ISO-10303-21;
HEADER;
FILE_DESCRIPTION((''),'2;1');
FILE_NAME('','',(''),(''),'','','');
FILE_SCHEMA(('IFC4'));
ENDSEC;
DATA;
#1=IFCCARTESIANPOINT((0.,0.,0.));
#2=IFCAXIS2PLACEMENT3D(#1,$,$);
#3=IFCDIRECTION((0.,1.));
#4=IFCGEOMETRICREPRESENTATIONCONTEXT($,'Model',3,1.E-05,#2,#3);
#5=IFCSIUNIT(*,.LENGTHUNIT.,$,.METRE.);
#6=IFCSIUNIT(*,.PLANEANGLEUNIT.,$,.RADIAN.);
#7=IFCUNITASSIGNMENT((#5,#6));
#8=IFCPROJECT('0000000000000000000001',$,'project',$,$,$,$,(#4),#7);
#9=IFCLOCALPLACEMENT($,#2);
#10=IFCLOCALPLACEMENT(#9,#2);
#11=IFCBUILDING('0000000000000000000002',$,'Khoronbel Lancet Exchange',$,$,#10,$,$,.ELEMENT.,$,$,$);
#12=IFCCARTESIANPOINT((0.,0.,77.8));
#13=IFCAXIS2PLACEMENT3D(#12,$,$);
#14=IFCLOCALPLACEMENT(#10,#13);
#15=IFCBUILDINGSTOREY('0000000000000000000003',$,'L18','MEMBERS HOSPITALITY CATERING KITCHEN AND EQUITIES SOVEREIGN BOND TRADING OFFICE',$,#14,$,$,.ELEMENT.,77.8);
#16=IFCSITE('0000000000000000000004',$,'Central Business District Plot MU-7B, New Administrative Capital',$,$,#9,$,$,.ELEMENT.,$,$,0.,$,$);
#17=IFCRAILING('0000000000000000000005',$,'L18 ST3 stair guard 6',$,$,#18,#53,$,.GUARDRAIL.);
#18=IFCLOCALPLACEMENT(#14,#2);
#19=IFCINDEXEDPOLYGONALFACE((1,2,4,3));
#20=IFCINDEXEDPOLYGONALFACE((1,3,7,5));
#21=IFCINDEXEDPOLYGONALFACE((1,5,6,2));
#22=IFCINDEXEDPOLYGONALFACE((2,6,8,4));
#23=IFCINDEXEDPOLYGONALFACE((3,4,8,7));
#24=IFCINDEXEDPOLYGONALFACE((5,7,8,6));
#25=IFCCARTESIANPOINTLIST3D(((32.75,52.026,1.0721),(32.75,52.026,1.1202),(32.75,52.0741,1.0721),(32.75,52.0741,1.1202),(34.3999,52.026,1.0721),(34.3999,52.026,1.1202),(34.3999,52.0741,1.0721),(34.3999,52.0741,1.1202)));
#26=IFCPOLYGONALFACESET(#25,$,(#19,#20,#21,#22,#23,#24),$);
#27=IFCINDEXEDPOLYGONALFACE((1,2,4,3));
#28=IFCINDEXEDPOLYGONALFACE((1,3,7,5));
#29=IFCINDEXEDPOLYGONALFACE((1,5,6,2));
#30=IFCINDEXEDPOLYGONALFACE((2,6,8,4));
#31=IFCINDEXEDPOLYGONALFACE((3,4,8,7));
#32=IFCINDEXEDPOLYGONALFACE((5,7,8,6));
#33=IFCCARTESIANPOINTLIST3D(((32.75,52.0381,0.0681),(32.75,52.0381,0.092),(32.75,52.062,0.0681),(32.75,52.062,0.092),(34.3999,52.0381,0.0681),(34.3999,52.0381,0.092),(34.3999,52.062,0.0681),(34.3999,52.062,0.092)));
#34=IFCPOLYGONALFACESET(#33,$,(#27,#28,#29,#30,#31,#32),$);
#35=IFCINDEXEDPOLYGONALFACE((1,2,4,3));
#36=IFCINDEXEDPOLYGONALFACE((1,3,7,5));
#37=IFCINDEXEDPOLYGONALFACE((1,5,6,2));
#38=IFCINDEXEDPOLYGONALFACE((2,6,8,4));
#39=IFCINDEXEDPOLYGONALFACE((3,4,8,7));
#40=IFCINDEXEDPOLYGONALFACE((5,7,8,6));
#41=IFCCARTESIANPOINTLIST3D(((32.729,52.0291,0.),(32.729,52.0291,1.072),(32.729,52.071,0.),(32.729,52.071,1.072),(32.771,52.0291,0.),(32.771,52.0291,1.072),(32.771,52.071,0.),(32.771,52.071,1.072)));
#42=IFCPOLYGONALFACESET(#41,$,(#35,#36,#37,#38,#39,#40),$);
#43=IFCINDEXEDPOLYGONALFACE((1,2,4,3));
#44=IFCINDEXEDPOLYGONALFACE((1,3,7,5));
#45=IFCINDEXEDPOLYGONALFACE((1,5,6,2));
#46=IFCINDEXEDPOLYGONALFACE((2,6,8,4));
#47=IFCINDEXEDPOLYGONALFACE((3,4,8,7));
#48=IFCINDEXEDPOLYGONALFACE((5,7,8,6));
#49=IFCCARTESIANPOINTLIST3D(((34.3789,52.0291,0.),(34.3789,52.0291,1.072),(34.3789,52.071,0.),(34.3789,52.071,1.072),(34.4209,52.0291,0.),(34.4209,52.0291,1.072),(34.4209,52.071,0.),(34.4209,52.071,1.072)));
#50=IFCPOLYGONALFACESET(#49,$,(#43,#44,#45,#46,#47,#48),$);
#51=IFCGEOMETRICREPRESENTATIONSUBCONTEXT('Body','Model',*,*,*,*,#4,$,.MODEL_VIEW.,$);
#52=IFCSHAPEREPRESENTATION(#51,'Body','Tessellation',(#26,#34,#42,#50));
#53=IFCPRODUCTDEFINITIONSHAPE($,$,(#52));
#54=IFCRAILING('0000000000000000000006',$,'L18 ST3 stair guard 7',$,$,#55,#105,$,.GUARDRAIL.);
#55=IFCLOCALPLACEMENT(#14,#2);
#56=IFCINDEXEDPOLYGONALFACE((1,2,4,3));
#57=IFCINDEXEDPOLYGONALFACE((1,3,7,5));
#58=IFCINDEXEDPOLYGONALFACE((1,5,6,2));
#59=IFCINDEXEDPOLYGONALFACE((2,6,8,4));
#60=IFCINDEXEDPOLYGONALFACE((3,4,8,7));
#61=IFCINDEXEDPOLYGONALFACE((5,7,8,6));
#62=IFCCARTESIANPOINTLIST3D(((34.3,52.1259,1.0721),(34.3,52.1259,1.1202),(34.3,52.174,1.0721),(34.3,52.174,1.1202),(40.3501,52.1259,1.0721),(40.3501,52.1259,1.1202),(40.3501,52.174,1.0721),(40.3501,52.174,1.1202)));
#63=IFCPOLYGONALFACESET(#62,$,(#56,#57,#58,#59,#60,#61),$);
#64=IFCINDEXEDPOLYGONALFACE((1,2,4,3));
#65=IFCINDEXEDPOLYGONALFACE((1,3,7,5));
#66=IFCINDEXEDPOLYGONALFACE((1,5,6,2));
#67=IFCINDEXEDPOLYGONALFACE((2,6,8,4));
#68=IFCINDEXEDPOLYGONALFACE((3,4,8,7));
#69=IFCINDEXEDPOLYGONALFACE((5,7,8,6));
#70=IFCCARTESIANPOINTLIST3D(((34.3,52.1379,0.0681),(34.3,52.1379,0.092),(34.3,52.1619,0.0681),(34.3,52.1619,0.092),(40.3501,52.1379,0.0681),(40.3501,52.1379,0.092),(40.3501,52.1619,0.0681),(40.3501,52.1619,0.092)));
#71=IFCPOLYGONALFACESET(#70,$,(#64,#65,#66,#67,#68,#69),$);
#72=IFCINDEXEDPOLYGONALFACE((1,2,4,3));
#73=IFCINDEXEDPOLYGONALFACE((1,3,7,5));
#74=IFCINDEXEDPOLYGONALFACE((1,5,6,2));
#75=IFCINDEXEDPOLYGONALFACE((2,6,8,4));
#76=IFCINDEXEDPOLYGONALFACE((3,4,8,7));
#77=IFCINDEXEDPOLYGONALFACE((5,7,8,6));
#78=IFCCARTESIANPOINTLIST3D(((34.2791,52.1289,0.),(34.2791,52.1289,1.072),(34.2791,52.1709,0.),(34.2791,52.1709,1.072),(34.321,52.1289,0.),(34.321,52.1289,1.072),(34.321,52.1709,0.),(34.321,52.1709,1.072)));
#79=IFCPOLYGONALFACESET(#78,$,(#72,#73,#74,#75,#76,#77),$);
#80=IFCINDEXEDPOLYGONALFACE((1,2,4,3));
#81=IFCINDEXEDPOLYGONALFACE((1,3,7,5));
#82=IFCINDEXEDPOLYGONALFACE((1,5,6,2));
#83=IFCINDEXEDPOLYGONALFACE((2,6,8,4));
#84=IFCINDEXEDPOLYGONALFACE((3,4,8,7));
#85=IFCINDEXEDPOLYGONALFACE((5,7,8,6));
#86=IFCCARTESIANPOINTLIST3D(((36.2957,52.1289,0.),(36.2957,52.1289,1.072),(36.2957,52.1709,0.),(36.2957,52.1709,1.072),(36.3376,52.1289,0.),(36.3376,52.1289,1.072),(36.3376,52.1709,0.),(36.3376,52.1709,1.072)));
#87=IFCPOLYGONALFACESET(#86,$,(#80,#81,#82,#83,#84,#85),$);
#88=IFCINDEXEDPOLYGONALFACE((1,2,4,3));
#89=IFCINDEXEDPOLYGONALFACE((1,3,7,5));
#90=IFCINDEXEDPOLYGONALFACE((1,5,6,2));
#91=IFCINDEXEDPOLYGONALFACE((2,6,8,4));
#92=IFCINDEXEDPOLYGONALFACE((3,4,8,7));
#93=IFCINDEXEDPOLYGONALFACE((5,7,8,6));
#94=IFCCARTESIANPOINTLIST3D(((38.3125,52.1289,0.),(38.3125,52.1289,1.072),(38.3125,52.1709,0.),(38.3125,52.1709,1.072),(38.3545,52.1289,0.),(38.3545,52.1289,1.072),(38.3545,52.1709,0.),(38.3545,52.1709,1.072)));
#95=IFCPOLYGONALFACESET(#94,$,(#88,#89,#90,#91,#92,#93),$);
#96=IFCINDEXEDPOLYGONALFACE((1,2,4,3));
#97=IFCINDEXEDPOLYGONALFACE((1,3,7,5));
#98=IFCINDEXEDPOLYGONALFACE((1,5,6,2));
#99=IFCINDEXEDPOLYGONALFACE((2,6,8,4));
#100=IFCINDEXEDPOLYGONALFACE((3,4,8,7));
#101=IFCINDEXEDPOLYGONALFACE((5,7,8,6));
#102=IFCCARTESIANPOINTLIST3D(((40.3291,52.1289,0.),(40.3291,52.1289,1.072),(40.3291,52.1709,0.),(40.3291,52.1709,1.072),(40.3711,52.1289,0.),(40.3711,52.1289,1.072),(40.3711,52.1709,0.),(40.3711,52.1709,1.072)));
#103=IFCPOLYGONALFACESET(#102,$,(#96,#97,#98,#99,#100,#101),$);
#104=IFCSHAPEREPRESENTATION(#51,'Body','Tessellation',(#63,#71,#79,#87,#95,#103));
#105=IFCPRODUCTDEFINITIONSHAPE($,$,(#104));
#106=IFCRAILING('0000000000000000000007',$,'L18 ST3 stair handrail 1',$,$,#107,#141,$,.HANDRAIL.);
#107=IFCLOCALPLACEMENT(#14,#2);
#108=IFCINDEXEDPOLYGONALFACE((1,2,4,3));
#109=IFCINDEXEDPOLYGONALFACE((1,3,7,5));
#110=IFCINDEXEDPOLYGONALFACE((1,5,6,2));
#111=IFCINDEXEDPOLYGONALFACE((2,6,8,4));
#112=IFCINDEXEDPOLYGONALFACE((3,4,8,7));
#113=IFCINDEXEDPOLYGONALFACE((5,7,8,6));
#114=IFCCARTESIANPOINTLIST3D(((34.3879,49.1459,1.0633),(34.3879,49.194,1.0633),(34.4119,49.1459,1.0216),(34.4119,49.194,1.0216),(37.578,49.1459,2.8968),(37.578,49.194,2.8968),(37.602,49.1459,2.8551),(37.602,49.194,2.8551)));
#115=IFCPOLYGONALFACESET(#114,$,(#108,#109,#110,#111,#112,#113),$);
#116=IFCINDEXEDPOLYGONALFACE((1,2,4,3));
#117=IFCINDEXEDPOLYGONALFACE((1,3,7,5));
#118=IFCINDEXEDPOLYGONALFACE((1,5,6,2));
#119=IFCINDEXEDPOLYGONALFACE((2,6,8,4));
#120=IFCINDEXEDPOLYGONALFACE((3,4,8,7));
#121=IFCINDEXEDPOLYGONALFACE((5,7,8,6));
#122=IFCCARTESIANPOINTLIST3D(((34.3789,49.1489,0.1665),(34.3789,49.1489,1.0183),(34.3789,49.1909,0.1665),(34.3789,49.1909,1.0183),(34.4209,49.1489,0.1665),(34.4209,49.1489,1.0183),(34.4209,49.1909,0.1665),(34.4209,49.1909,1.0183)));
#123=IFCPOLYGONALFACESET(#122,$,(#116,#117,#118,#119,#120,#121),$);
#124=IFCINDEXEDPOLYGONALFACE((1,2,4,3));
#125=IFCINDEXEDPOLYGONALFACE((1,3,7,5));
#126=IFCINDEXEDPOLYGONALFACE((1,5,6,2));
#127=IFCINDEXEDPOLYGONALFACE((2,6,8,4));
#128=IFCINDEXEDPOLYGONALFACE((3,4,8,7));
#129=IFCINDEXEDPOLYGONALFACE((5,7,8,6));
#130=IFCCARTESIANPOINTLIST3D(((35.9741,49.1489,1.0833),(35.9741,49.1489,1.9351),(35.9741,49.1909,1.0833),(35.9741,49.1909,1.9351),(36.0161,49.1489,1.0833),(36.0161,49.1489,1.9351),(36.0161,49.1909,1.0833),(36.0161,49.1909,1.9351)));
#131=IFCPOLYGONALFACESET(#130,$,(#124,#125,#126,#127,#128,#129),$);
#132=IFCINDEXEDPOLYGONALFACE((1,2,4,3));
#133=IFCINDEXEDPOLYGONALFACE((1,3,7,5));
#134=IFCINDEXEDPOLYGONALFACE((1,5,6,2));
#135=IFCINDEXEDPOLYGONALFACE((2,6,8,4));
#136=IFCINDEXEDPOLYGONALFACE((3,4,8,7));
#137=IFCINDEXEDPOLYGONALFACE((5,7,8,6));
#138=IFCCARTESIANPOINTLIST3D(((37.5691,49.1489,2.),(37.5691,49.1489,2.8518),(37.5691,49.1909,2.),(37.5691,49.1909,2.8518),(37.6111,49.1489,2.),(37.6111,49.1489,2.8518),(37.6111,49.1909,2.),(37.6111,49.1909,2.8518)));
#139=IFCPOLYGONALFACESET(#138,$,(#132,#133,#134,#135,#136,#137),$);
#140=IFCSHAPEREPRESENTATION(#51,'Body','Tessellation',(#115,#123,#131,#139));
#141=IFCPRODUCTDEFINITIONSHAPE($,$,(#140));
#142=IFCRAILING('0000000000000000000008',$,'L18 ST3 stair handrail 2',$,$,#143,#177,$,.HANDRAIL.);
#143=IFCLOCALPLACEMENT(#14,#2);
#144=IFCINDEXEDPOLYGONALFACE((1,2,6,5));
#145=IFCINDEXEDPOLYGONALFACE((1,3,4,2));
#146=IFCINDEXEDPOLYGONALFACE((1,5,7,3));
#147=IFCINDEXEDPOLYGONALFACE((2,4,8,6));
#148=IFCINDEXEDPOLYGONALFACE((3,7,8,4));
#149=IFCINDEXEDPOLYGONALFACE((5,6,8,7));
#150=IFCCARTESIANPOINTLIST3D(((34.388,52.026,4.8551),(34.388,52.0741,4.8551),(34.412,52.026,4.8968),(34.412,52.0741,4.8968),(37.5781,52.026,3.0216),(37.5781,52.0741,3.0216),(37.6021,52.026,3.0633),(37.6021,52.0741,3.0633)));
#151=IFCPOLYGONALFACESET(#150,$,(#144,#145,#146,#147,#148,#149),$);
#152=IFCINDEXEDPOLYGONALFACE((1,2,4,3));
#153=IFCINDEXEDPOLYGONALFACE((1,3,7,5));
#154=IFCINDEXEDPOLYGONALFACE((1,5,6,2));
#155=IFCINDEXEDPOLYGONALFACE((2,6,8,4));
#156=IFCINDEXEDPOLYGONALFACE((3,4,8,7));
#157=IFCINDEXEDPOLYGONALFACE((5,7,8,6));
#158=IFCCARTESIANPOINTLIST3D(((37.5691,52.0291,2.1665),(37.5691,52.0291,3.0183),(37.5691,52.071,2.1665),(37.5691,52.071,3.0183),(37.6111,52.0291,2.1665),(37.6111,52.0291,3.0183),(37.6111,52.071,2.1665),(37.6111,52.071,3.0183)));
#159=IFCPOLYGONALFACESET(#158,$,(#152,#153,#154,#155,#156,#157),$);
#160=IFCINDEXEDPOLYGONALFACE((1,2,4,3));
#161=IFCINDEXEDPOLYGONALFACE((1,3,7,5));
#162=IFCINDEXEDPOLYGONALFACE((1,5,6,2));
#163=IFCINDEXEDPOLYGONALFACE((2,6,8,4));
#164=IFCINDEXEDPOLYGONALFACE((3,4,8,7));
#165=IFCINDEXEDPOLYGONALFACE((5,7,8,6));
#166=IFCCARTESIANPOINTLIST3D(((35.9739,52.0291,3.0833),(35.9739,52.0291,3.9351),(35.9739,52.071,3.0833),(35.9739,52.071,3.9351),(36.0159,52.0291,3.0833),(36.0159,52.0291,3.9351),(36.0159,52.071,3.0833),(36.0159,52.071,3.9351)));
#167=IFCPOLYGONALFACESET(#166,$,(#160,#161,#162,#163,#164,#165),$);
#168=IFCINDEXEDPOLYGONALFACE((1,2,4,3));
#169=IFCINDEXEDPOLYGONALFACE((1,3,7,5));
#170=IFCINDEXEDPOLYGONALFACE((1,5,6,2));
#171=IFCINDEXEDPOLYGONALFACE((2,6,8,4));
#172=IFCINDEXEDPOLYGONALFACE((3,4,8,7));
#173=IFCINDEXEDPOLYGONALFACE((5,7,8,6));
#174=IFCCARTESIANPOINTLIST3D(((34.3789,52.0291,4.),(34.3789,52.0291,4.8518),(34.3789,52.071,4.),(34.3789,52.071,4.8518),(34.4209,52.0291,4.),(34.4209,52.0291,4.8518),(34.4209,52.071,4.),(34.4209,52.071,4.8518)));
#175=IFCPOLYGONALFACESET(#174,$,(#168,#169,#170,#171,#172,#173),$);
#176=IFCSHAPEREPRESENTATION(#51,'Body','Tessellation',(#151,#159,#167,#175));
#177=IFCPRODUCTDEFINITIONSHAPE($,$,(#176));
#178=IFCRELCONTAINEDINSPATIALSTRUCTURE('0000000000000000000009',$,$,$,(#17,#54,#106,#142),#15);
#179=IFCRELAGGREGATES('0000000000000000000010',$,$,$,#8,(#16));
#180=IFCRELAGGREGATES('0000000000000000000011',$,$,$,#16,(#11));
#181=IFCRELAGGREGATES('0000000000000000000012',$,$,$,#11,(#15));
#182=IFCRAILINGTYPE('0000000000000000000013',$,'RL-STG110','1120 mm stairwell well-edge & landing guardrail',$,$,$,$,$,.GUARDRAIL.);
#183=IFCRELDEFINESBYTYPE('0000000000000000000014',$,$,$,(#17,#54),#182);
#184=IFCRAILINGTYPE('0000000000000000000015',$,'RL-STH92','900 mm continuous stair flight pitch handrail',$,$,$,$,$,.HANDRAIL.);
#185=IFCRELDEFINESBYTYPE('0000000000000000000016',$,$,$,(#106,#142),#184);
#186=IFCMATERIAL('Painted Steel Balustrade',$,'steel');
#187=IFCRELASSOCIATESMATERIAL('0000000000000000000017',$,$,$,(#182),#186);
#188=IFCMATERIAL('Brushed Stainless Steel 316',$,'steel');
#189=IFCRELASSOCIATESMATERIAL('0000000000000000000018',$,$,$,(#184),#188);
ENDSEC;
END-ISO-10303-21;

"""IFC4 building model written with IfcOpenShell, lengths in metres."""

from ifc_helpers import new_model, si_unit, direction, frame, origin, origin_2d, place, context, subcontext, project, spatial, rectangle, extrude, material, type_object, element, save


model = new_model("IFC4")

# Units and contexts
model_context = context("Model", 3, precision=1e-05, world=origin(), true_north=direction((0.0, 1.0)))
body_context = subcontext(model_context, "Body", "Model", "MODEL_VIEW")
ifc_project = project(units=[si_unit("LENGTHUNIT", "METRE"), si_unit("PLANEANGLEUNIT", "RADIAN")], contexts=[model_context])

# Site, building, storey
site_placement = place(None, origin())
site = spatial("IfcSite", under=ifc_project, at=site_placement, Name="Central Business District Plot MU-7B, New Administrative Capital", CompositionType="ELEMENT", RefElevation=0.0)
building_placement = place(site_placement, origin())
building = spatial("IfcBuilding", under=site, at=building_placement, Name="Khoronbel Lancet Exchange", CompositionType="ELEMENT")
storey_placement = place(building_placement, frame((0.0, 0.0, 77.8)))
storey = spatial("IfcBuildingStorey", under=building, at=storey_placement, Name="L18", Description="MEMBERS HOSPITALITY CATERING KITCHEN AND EQUITIES SOVEREIGN BOND TRADING OFFICE", CompositionType="ELEMENT", Elevation=77.8)

# Railings
ifc_material_1 = material(Name="Painted Steel Balustrade", Category="steel")
railing_type_1 = type_object("IfcRailingType", Name="RL-STG110", Description="1120 mm stairwell well-edge & landing guardrail", PredefinedType="GUARDRAIL", material=ifc_material_1)
railing_1_placement = place(storey_placement, frame((32.75, 52.05, 0.0)))
element("IfcRailing", 1, at=railing_1_placement, inside=storey, type_object=railing_type_1, Name="L18 ST3 stair guard 6", PredefinedType="GUARDRAIL", context=body_context, shape_type="SweptSolid", body=[
    extrude(rectangle(XDim=0.0481, YDim=0.0481, at=origin_2d()), frame((0.0, 0.0, 1.0962), z_axis=(1.0, 0.0, 0.0), x_axis=(0.0, 1.0, 0.0)), (0.0, 0.0, 1.0), 1.6499),
    extrude(rectangle(XDim=0.0239, YDim=0.0239, at=origin_2d()), frame((0.0, 0.0, 0.0801), z_axis=(1.0, 0.0, 0.0), x_axis=(0.0, 1.0, 0.0)), (0.0, 0.0, 1.0), 1.6499),
    extrude(rectangle(XDim=0.042, YDim=0.042, at=origin_2d()), origin(), (0.0, 0.0, 1.0), 1.072),
    extrude(rectangle(XDim=0.042, YDim=0.042, at=origin_2d()), frame((1.6499, 0.0, 0.0)), (0.0, 0.0, 1.0), 1.072),
])
railing_2_placement = place(storey_placement, frame((34.3, 52.1499, 0.0)))
element("IfcRailing", 2, at=railing_2_placement, inside=storey, type_object=railing_type_1, Name="L18 ST3 stair guard 7", PredefinedType="GUARDRAIL", context=body_context, shape_type="SweptSolid", body=[
    extrude(rectangle(XDim=0.0481, YDim=0.0481, at=origin_2d()), frame((0.0, 0.0, 1.0962), z_axis=(1.0, 0.0, 0.0), x_axis=(0.0, 1.0, 0.0)), (0.0, 0.0, 1.0), 6.05),
    extrude(rectangle(XDim=0.0239, YDim=0.0239, at=origin_2d()), frame((0.0, 0.0, 0.0801), z_axis=(1.0, 0.0, 0.0), x_axis=(0.0, 1.0, 0.0)), (0.0, 0.0, 1.0), 6.05),
    extrude(rectangle(XDim=0.042, YDim=0.042, at=origin_2d()), origin(), (0.0, 0.0, 1.0), 1.072),
    extrude(rectangle(XDim=0.042, YDim=0.042, at=origin_2d()), frame((2.0166, 0.0, 0.0)), (0.0, 0.0, 1.0), 1.072),
    extrude(rectangle(XDim=0.042, YDim=0.042, at=origin_2d()), frame((4.0334, 0.0, 0.0)), (0.0, 0.0, 1.0), 1.072),
    extrude(rectangle(XDim=0.042, YDim=0.042, at=origin_2d()), frame((6.05, 0.0, 0.0)), (0.0, 0.0, 1.0), 1.072),
])
ifc_material_2 = material(Name="Brushed Stainless Steel 316", Category="steel")
railing_type_2 = type_object("IfcRailingType", Name="RL-STH92", Description="900 mm continuous stair flight pitch handrail", PredefinedType="HANDRAIL", material=ifc_material_2)
railing_3_placement = place(storey_placement, frame((34.3999, 49.1699, 0.1665)))
element("IfcRailing", 3, at=railing_3_placement, inside=storey, type_object=railing_type_2, Name="L18 ST3 stair handrail 1", PredefinedType="HANDRAIL", context=body_context, shape_type="SweptSolid", body=[
    extrude(rectangle(XDim=0.0481, YDim=0.0481, at=origin_2d()), frame((0.0, 0.0, 0.876), z_axis=(0.867007, 0.0, 0.498295), x_axis=(0.0, 1.0, 0.0)), (0.0, 0.0, 1.0), 3.6794),
    extrude(rectangle(XDim=0.042, YDim=0.042, at=origin_2d()), origin(), (0.0, 0.0, 1.0), 0.8518),
    extrude(rectangle(XDim=0.042, YDim=0.042, at=origin_2d()), frame((1.5952, 0.0, 0.9167)), (0.0, 0.0, 1.0), 0.8518),
    extrude(rectangle(XDim=0.042, YDim=0.042, at=origin_2d()), frame((3.1902, 0.0, 1.8335)), (0.0, 0.0, 1.0), 0.8518),
])
railing_4_placement = place(storey_placement, frame((37.5901, 52.05, 2.1665)))
element("IfcRailing", 4, at=railing_4_placement, inside=storey, type_object=railing_type_2, Name="L18 ST3 stair handrail 2", PredefinedType="HANDRAIL", context=body_context, shape_type="SweptSolid", body=[
    extrude(rectangle(XDim=0.0481, YDim=0.0481, at=origin_2d()), frame((0.0, 0.0, 0.876), z_axis=(-0.867007, 0.0, 0.498295), x_axis=(0.0, -1.0, 0.0)), (0.0, 0.0, 1.0), 3.6794),
    extrude(rectangle(XDim=0.042, YDim=0.042, at=origin_2d()), origin(), (0.0, 0.0, 1.0), 0.8518),
    extrude(rectangle(XDim=0.042, YDim=0.042, at=origin_2d()), frame((-1.5952, 0.0, 0.9167)), (0.0, 0.0, 1.0), 0.8518),
    extrude(rectangle(XDim=0.042, YDim=0.042, at=origin_2d()), frame((-3.1902, 0.0, 1.8335)), (0.0, 0.0, 1.0), 0.8518),
])

save(model, "model.ifc")
